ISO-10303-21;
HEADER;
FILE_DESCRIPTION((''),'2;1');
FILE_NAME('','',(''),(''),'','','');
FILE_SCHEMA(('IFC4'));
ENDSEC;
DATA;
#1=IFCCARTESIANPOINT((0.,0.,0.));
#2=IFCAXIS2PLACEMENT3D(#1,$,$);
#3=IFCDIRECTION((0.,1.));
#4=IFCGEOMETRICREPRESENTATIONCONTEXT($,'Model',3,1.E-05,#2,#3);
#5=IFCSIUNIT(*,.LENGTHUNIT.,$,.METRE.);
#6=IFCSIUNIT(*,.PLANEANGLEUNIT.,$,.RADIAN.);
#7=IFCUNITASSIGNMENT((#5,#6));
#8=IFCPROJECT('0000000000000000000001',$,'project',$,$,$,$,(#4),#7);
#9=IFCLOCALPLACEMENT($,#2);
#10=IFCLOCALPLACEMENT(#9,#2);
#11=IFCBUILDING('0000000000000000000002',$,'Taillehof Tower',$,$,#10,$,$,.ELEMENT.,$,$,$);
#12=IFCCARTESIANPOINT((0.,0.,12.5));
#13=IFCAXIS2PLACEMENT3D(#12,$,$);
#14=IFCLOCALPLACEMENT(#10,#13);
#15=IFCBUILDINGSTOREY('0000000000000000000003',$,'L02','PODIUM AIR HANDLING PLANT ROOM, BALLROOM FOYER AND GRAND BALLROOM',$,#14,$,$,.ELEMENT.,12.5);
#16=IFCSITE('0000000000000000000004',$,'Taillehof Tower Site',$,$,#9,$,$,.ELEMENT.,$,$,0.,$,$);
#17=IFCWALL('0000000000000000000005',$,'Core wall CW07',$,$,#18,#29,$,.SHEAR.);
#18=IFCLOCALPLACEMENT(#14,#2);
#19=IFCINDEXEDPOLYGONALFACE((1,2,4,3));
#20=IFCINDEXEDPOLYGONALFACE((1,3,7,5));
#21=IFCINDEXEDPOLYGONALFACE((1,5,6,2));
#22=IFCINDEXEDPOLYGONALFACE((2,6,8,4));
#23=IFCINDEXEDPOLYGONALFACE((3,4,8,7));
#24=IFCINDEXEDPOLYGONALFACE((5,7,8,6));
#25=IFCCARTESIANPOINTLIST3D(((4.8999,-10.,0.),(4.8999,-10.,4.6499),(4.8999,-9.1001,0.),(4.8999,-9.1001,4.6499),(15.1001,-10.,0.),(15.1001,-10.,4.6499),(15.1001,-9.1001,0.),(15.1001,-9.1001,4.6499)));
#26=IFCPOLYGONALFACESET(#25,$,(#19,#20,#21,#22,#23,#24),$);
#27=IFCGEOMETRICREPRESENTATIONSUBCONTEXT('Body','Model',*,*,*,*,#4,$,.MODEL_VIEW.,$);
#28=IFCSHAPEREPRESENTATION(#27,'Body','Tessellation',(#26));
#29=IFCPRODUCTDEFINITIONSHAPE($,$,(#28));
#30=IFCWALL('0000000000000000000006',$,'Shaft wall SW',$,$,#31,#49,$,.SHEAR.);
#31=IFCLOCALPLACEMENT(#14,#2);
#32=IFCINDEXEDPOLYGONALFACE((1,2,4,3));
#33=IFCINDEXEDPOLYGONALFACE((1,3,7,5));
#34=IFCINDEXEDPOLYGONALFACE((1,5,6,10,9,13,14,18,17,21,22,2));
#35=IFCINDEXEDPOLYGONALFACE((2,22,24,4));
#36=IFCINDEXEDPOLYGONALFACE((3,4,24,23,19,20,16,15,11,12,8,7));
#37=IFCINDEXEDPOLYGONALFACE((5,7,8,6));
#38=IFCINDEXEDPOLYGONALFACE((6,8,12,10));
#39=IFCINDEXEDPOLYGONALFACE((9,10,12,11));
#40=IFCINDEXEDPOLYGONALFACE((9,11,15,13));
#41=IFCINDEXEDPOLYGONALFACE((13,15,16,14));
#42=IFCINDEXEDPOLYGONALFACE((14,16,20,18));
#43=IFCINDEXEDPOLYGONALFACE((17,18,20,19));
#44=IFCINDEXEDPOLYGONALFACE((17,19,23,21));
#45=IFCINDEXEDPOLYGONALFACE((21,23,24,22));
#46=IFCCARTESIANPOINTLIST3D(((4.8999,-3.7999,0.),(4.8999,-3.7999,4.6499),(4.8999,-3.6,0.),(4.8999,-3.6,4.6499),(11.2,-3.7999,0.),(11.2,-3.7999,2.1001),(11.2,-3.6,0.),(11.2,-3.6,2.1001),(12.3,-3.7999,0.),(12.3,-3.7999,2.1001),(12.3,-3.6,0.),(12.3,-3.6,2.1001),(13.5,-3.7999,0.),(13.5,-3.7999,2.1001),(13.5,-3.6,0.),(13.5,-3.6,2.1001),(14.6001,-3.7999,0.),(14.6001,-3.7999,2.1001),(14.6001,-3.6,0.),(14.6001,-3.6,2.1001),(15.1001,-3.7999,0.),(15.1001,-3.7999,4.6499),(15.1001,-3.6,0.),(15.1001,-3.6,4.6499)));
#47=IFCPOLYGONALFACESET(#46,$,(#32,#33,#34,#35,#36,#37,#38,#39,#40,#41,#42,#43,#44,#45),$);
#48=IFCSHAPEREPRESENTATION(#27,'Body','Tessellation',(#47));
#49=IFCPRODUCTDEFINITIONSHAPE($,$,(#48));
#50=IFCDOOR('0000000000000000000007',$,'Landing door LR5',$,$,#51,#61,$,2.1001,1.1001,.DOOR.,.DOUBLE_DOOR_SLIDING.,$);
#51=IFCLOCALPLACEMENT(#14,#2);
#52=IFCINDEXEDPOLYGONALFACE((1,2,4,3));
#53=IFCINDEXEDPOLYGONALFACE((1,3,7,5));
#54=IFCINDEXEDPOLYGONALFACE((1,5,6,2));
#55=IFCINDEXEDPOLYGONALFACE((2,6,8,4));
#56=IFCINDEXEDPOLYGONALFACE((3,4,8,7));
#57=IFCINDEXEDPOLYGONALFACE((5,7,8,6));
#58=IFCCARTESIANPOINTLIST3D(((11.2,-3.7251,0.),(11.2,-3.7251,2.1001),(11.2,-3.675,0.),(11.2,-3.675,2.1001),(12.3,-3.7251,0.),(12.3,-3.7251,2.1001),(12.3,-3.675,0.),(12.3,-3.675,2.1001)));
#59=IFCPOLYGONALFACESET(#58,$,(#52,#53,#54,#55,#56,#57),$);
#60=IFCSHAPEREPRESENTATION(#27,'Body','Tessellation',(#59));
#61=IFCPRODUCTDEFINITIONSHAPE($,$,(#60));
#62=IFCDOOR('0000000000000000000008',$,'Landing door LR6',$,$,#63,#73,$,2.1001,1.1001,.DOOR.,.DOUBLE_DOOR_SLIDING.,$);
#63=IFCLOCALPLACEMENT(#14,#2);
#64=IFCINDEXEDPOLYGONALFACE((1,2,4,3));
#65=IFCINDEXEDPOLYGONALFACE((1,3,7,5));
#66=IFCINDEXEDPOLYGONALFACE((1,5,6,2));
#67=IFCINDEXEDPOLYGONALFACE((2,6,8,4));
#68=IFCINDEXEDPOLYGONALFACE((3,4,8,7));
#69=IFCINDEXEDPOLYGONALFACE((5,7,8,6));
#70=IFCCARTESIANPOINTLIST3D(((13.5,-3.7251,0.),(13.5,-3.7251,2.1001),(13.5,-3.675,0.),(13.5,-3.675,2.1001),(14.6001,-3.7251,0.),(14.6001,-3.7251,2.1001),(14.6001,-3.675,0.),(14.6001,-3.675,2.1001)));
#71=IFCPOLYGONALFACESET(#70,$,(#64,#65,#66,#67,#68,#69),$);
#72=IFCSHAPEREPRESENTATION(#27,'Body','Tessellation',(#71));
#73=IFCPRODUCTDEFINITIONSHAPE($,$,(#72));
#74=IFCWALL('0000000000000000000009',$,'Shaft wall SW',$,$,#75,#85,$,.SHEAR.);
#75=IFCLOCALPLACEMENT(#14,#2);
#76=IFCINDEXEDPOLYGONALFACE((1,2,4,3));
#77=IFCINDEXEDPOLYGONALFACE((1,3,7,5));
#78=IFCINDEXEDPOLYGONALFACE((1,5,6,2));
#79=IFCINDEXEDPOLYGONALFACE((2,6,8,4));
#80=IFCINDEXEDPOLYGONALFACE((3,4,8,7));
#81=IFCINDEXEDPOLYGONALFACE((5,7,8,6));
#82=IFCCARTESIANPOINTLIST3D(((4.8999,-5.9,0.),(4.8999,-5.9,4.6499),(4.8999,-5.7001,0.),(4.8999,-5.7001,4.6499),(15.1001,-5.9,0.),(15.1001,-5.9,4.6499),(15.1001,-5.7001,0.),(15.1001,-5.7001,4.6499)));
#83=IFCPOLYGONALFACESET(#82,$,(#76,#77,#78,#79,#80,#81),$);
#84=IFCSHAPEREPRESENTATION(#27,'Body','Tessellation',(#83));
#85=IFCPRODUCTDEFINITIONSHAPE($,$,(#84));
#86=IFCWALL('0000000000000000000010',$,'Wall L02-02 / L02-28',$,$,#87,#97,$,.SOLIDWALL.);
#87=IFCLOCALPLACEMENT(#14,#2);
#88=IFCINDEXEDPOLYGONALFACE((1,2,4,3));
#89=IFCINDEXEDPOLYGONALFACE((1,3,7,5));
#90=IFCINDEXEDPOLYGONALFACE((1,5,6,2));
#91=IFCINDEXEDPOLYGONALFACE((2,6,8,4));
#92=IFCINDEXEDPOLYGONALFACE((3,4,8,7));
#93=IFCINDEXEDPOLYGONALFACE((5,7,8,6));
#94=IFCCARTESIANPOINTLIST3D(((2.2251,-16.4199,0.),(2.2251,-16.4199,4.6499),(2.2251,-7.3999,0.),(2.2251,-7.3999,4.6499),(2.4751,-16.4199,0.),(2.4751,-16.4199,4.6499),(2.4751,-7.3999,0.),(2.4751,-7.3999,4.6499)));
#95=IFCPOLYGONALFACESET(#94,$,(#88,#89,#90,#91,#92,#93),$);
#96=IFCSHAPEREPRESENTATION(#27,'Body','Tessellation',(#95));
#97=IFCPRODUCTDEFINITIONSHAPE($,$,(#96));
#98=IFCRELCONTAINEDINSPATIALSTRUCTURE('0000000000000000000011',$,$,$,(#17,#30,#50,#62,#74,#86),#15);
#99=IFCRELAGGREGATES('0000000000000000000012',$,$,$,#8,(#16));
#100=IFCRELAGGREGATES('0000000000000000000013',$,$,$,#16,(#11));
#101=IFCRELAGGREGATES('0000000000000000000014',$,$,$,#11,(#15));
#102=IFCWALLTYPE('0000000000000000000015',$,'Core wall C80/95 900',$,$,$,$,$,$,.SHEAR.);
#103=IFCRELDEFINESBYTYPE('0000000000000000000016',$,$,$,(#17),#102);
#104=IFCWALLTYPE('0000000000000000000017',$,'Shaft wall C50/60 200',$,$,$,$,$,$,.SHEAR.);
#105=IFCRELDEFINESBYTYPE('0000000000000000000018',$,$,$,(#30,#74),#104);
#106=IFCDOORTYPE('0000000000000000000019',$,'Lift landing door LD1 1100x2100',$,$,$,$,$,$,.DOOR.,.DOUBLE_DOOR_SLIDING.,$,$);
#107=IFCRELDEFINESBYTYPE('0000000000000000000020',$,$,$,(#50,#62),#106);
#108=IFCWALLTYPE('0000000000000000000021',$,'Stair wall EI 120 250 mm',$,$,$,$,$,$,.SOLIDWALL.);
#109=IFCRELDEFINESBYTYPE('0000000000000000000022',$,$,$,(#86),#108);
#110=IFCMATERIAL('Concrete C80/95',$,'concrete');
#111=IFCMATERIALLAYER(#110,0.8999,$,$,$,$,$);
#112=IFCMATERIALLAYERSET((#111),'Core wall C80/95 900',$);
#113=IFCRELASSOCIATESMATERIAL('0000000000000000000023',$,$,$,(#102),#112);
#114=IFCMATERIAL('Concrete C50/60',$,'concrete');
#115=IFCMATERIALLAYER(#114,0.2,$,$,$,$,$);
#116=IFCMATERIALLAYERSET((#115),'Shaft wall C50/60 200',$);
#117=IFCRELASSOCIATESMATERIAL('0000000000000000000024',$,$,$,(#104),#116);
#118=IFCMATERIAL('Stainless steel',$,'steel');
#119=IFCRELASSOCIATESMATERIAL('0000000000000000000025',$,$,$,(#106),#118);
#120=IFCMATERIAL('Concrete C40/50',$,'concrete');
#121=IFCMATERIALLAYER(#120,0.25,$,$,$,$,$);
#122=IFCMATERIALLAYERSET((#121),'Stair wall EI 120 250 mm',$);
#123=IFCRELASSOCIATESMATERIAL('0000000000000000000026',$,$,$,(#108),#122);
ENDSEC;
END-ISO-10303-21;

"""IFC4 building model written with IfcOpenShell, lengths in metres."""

from ifc_helpers import new_model, si_unit, direction, frame, frame_2d, origin, place, context, subcontext, project, spatial, rectangle, extrude, material, layer, layer_set, type_object, element, fill, save


model = new_model("IFC4")

# Units and contexts
model_context = context("Model", 3, precision=1e-05, world=origin(), true_north=direction((0.0, 1.0)))
body_context = subcontext(model_context, "Body", "Model", "MODEL_VIEW")
ifc_project = project(units=[si_unit("LENGTHUNIT", "METRE"), si_unit("PLANEANGLEUNIT", "RADIAN")], contexts=[model_context])

# Site, building, storey
site_placement = place(None, origin())
site = spatial("IfcSite", under=ifc_project, at=site_placement, Name="Taillehof Tower Site", CompositionType="ELEMENT", RefElevation=0.0)
building_placement = place(site_placement, origin())
building = spatial("IfcBuilding", under=site, at=building_placement, Name="Taillehof Tower", CompositionType="ELEMENT")
storey_placement = place(building_placement, frame((0.0, 0.0, 12.5)))
storey = spatial("IfcBuildingStorey", under=building, at=storey_placement, Name="L02", Description="PODIUM AIR HANDLING PLANT ROOM, BALLROOM FOYER AND GRAND BALLROOM", CompositionType="ELEMENT", Elevation=12.5)

# Shared definitions
ifc_material_1 = material(Name="Concrete C80/95", Category="concrete")
ifc_layer_1 = layer(ifc_material_1, 0.8999)
ifc_layer_set_1 = layer_set([ifc_layer_1], Name="Core wall C80/95 900")
wall_type_1 = type_object("IfcWallType", Name="Core wall C80/95 900", PredefinedType="SHEAR", material=ifc_layer_set_1)

# Wall
wall_1_placement = place(storey_placement, frame((4.8999, -9.55, 0.0), z_axis=(0.0, 0.0, 1.0), x_axis=(1.0, 0.0, 0.0)))
element("IfcWall", 1, at=wall_1_placement, inside=storey, type_object=wall_type_1, Name="Core wall CW07", PredefinedType="SHEAR", context=body_context, shape_type="SweptSolid", body=[
    extrude(rectangle(XDim=10.2002, YDim=0.8999, at=frame_2d((5.1001, 0.0))), origin(), (0.0, 0.0, 1.0), 4.6499),
])

# Wall, openings, doors
ifc_material_2 = material(Name="Concrete C50/60", Category="concrete")
ifc_layer_2 = layer(ifc_material_2, 0.2)
ifc_layer_set_2 = layer_set([ifc_layer_2], Name="Shaft wall C50/60 200")
wall_type_2 = type_object("IfcWallType", Name="Shaft wall C50/60 200", PredefinedType="SHEAR", material=ifc_layer_set_2)
wall_2_placement = place(storey_placement, frame((4.8999, -3.7, 0.0), z_axis=(0.0, 0.0, 1.0), x_axis=(1.0, 0.0, 0.0)))
wall_2 = element("IfcWall", 2, at=wall_2_placement, inside=storey, type_object=wall_type_2, Name="Shaft wall SW", PredefinedType="SHEAR", context=body_context, shape_type="SweptSolid", body=[
    extrude(rectangle(XDim=10.2002, YDim=0.2, at=frame_2d((5.1001, 0.0))), origin(), (0.0, 0.0, 1.0), 4.6499),
])
opening_1_placement = place(wall_2_placement, frame((6.3, 0.0, 0.0)))
opening_1 = element("IfcOpeningElement", 3, at=opening_1_placement, cuts=wall_2, PredefinedType="OPENING", context=body_context, shape_type="SweptSolid", body=[
    extrude(rectangle(XDim=1.1001, YDim=2.1001, at=frame_2d((0.55, 1.05))), frame((0.0, 0.1099, 0.0), z_axis=(0.0, -1.0, 0.0), x_axis=(1.0, 0.0, 0.0)), (0.0, 0.0, 1.0), 0.22),
])
opening_2_placement = place(wall_2_placement, frame((8.6001, 0.0, 0.0)))
opening_2 = element("IfcOpeningElement", 4, at=opening_2_placement, cuts=wall_2, PredefinedType="OPENING", context=body_context, shape_type="SweptSolid", body=[
    extrude(rectangle(XDim=1.1001, YDim=2.1001, at=frame_2d((0.55, 1.05))), frame((0.0, 0.1099, 0.0), z_axis=(0.0, -1.0, 0.0), x_axis=(1.0, 0.0, 0.0)), (0.0, 0.0, 1.0), 0.22),
])
ifc_material_3 = material(Name="Stainless steel", Category="steel")
door_type_1 = type_object("IfcDoorType", Name="Lift landing door LD1 1100x2100", OperationType="DOUBLE_DOOR_SLIDING", PredefinedType="DOOR", material=ifc_material_3)
door_1_placement = place(opening_1_placement, origin())
door_1 = element("IfcDoor", 5, at=door_1_placement, inside=storey, type_object=door_type_1, Name="Landing door LR5", OperationType="DOUBLE_DOOR_SLIDING", OverallHeight=2.1001, OverallWidth=1.1001, PredefinedType="DOOR", context=body_context, shape_type="SweptSolid", body=[
    extrude(rectangle(XDim=1.1001, YDim=2.1001, at=frame_2d((0.55, 1.05))), frame((0.0, 0.0249, 0.0), z_axis=(0.0, -1.0, 0.0), x_axis=(1.0, 0.0, 0.0)), (0.0, 0.0, 1.0), 0.05),
])
fill(opening_1, door_1)
door_2_placement = place(opening_2_placement, origin())
door_2 = element("IfcDoor", 6, at=door_2_placement, inside=storey, type_object=door_type_1, Name="Landing door LR6", OperationType="DOUBLE_DOOR_SLIDING", OverallHeight=2.1001, OverallWidth=1.1001, PredefinedType="DOOR", context=body_context, shape_type="SweptSolid", body=[
    extrude(rectangle(XDim=1.1001, YDim=2.1001, at=frame_2d((0.55, 1.05))), frame((0.0, 0.0249, 0.0), z_axis=(0.0, -1.0, 0.0), x_axis=(1.0, 0.0, 0.0)), (0.0, 0.0, 1.0), 0.05),
])
fill(opening_2, door_2)

# Walls
wall_3_placement = place(storey_placement, frame((4.8999, -5.8, 0.0), z_axis=(0.0, 0.0, 1.0), x_axis=(1.0, 0.0, 0.0)))
element("IfcWall", 7, at=wall_3_placement, inside=storey, type_object=wall_type_2, Name="Shaft wall SW", PredefinedType="SHEAR", context=body_context, shape_type="SweptSolid", body=[
    extrude(rectangle(XDim=10.2002, YDim=0.2, at=frame_2d((5.1001, 0.0))), origin(), (0.0, 0.0, 1.0), 4.6499),
])
ifc_material_4 = material(Name="Concrete C40/50", Category="concrete")
ifc_layer_3 = layer(ifc_material_4, 0.25)
ifc_layer_set_3 = layer_set([ifc_layer_3], Name="Stair wall EI 120 250 mm")
wall_type_3 = type_object("IfcWallType", Name="Stair wall EI 120 250 mm", PredefinedType="SOLIDWALL", material=ifc_layer_set_3)
wall_4_placement = place(storey_placement, frame((2.3501, -16.4199, 0.0), z_axis=(0.0, 0.0, 1.0), x_axis=(0.0, 1.0, 0.0)))
element("IfcWall", 8, at=wall_4_placement, inside=storey, type_object=wall_type_3, Name="Wall L02-02 / L02-28", PredefinedType="SOLIDWALL", context=body_context, shape_type="SweptSolid", body=[
    extrude(rectangle(XDim=9.02, YDim=0.25, at=frame_2d((4.51, 0.0))), origin(), (0.0, 0.0, 1.0), 4.6499),
])

save(model, "model.ifc")
